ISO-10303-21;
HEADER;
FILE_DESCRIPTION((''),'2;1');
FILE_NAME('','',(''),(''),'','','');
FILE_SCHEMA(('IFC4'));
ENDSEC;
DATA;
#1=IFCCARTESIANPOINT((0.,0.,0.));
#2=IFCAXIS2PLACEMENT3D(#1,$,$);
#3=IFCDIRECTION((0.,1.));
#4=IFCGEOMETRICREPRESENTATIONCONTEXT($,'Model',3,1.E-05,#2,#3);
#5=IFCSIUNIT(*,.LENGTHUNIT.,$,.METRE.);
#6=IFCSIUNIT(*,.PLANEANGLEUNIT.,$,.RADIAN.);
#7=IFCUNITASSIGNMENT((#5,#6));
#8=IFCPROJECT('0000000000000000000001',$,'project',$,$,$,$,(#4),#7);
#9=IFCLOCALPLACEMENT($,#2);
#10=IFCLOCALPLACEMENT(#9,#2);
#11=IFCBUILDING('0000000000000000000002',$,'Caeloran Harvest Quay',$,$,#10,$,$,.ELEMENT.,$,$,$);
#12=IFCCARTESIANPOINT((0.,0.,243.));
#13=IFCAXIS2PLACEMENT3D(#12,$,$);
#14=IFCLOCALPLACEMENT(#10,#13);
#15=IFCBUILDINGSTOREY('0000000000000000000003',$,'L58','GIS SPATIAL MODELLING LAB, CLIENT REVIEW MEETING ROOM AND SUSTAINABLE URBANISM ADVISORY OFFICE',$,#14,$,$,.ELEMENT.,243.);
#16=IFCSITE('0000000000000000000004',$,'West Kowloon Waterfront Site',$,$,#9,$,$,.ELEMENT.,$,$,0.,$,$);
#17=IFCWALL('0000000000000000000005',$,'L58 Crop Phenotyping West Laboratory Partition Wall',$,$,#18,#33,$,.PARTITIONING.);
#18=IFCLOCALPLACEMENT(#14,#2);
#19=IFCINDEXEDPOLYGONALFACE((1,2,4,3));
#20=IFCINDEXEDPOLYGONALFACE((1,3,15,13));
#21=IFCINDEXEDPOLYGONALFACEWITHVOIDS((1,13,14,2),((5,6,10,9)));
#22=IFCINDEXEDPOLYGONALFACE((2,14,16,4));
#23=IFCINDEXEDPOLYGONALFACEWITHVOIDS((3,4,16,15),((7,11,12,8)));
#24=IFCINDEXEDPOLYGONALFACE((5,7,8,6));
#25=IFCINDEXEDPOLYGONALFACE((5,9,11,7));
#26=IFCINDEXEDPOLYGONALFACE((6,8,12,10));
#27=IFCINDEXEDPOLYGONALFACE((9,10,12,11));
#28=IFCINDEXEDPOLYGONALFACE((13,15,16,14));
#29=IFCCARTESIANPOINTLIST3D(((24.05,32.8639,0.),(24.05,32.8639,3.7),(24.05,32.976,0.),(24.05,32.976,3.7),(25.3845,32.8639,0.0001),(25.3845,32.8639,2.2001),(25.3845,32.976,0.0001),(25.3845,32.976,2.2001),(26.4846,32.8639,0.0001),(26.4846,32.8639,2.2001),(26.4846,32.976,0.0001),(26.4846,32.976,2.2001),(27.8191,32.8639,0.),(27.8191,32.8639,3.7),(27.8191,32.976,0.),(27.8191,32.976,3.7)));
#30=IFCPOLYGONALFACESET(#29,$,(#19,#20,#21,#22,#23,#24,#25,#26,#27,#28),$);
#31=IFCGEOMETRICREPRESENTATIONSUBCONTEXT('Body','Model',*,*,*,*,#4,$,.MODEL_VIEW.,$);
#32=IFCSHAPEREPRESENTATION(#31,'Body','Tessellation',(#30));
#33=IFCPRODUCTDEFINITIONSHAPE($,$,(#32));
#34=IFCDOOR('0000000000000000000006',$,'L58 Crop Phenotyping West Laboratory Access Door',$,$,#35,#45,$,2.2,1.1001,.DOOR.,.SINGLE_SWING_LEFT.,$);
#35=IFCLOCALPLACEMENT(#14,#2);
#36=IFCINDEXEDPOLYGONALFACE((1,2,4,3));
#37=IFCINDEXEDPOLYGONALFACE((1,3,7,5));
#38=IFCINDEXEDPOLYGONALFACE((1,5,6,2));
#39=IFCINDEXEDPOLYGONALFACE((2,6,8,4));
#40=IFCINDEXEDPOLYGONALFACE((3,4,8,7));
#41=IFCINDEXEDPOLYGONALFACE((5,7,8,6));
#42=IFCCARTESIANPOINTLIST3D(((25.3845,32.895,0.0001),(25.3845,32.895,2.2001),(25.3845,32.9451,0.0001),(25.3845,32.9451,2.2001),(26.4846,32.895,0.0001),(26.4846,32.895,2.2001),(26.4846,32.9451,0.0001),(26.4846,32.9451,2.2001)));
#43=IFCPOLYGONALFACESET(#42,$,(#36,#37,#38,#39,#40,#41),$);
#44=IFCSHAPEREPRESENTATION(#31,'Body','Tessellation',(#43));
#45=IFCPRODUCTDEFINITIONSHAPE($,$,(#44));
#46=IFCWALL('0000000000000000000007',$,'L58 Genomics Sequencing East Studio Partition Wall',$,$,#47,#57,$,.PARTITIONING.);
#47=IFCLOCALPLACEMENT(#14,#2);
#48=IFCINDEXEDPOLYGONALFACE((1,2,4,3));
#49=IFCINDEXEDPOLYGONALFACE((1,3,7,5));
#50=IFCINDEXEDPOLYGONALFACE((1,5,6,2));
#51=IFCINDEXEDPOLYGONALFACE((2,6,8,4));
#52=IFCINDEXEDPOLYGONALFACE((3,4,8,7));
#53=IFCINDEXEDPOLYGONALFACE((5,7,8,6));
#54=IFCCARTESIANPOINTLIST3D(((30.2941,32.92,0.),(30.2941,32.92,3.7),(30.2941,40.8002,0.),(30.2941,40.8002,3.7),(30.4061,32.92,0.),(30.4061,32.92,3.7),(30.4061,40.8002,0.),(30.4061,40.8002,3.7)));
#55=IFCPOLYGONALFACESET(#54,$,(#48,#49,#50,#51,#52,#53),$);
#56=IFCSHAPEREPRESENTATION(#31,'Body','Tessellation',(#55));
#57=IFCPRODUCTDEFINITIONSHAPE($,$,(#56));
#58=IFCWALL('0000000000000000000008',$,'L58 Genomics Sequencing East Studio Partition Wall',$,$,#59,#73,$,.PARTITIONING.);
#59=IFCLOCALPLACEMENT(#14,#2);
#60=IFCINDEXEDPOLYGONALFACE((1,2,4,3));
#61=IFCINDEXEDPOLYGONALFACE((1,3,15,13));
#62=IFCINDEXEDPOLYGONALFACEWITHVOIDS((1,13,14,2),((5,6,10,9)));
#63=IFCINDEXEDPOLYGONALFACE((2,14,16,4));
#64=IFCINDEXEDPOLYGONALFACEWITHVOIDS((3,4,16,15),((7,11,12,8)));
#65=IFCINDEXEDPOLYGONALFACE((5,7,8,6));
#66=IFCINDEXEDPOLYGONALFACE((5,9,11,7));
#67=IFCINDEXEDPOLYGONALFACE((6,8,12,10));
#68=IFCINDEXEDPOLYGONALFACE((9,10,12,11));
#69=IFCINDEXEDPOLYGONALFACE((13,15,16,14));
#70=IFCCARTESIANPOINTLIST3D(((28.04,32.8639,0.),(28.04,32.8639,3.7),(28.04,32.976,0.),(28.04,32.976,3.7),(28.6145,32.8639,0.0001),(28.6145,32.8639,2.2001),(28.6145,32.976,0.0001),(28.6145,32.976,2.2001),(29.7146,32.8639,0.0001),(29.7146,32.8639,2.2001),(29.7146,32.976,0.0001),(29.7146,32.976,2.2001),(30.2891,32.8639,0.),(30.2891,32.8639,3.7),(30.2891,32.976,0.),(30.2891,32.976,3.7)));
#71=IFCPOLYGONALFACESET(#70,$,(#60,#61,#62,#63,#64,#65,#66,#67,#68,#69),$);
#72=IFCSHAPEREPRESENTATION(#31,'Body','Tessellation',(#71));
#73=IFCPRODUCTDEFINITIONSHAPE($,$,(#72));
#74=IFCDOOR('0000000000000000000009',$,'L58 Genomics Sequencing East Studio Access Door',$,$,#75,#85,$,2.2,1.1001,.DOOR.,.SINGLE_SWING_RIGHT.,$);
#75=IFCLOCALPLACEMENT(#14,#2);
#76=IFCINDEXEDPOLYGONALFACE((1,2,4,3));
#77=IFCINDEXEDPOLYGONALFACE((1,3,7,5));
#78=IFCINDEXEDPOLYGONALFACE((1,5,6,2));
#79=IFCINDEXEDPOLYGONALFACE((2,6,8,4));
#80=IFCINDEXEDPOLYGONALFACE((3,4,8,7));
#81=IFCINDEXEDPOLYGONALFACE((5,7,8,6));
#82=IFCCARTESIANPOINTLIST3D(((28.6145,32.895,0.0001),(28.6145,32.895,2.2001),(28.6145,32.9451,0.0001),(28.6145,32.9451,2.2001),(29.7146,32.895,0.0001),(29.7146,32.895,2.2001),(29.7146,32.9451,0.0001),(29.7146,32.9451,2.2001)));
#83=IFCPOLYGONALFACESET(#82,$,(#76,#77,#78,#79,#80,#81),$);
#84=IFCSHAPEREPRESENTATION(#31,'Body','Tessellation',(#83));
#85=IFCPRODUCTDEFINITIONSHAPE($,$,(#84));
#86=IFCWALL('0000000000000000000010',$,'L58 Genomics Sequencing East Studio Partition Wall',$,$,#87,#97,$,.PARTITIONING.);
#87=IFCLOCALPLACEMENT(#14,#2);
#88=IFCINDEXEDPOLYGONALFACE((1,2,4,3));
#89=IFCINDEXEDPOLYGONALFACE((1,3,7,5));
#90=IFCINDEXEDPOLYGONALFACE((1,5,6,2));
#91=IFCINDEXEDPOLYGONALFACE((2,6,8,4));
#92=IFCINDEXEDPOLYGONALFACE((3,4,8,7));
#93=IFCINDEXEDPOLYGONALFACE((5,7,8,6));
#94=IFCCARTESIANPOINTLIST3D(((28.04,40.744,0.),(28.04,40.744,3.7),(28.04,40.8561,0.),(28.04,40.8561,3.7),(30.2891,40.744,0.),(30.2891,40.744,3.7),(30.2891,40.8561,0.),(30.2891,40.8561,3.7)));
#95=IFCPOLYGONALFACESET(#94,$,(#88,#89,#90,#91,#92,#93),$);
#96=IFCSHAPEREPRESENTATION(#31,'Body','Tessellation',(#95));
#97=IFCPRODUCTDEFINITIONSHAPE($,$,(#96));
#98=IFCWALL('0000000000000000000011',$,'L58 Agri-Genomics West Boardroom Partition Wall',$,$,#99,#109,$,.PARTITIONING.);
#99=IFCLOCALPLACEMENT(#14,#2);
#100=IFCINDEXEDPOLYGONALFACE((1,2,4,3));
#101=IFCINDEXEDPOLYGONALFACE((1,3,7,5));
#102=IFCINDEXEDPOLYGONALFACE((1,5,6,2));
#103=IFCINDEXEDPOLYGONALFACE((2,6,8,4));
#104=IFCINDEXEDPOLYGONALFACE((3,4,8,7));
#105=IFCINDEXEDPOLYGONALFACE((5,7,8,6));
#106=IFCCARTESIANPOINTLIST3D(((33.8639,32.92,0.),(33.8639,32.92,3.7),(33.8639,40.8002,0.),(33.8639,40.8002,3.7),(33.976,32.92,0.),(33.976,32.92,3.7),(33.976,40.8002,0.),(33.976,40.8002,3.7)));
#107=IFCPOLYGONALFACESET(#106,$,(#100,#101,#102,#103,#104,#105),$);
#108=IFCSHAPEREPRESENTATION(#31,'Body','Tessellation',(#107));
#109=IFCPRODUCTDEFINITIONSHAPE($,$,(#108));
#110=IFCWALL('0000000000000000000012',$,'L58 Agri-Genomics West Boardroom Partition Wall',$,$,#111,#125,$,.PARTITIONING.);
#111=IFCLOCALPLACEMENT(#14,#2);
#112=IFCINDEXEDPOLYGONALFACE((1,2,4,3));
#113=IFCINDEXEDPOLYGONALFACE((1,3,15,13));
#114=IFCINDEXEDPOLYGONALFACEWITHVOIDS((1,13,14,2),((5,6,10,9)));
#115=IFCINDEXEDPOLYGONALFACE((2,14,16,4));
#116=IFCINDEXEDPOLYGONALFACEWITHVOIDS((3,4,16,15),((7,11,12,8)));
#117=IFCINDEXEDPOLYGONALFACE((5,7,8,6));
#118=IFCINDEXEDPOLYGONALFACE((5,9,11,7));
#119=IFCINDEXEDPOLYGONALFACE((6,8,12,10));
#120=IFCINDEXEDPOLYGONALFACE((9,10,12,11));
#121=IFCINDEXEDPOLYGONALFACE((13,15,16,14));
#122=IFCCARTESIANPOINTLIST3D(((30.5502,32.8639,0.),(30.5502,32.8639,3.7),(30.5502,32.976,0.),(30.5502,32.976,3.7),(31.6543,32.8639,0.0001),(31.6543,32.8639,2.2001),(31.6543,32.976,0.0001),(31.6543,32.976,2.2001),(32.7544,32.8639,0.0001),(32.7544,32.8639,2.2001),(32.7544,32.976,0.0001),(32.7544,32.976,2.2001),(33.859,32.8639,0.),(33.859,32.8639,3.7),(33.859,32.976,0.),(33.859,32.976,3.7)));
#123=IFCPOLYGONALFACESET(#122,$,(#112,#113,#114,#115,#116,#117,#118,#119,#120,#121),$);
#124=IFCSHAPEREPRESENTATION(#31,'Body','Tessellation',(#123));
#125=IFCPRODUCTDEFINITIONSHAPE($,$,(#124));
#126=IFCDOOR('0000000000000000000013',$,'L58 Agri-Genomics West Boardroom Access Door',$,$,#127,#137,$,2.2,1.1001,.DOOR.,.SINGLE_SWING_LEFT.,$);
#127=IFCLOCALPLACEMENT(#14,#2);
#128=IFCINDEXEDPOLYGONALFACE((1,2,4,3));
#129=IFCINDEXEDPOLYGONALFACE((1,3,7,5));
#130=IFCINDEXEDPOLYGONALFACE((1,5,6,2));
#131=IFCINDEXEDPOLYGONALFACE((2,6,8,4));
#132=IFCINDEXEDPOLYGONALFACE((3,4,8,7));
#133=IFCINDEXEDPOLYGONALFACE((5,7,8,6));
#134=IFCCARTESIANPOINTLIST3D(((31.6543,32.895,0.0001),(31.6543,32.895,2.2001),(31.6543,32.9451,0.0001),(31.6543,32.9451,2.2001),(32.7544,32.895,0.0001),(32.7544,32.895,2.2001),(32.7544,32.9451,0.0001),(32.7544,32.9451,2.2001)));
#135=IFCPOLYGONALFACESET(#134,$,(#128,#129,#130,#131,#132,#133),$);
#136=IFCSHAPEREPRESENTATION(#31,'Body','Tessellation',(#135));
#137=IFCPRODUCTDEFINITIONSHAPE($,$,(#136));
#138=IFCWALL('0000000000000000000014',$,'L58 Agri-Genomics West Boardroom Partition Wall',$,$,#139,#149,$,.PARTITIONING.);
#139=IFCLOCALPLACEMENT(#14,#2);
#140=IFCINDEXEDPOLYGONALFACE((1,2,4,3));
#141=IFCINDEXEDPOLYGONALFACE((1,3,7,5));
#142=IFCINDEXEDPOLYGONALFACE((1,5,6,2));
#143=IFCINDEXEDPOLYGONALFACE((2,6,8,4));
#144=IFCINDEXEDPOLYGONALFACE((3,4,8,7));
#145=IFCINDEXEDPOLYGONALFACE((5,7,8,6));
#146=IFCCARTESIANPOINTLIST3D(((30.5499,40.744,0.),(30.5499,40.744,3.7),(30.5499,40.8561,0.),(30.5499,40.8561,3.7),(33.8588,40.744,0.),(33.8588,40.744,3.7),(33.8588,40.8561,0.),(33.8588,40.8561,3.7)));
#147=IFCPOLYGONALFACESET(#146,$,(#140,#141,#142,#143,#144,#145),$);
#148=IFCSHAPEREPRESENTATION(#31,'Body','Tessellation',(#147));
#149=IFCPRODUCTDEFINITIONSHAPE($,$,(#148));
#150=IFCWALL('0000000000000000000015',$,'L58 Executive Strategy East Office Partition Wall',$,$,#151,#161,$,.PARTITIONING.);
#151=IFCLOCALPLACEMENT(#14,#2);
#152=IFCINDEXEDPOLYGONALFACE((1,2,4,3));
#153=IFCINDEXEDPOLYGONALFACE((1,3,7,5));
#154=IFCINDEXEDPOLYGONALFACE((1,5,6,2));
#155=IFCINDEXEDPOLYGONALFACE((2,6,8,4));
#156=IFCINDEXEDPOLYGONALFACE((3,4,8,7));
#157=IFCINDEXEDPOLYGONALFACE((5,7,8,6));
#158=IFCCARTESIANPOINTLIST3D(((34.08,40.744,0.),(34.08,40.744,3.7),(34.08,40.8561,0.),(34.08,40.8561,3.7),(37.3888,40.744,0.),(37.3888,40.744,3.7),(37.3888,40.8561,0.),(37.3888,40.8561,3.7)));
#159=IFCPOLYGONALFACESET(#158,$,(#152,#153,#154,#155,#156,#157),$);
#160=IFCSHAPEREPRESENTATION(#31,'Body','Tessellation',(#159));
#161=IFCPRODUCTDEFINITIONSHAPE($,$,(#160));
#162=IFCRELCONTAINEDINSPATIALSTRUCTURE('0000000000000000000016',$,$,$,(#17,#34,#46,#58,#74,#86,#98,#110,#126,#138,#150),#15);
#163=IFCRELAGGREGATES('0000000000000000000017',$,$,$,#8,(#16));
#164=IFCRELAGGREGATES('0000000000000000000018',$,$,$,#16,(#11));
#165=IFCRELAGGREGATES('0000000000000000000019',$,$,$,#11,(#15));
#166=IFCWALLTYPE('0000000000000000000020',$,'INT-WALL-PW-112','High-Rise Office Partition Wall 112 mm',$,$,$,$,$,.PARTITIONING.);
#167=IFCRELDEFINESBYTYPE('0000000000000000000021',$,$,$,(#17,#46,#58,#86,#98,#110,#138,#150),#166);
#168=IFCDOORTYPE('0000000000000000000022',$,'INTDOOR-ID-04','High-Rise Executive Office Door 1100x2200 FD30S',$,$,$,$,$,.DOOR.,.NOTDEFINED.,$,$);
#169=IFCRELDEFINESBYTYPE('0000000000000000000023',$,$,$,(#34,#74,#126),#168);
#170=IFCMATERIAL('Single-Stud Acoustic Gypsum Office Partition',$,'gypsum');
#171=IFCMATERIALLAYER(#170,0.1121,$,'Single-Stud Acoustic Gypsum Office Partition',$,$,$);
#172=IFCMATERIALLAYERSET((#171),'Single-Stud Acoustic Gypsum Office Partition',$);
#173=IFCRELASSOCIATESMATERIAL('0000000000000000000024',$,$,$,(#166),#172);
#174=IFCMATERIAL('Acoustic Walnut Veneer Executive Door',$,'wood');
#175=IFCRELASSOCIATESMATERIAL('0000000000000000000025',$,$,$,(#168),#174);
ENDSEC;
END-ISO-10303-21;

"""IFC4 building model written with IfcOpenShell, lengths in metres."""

from ifc_helpers import new_model, si_unit, direction, frame, frame_2d, origin, place, context, subcontext, project, spatial, rectangle, extrude, material, layer, layer_set, type_object, element, fill, save


model = new_model("IFC4")

# Units and contexts
model_context = context("Model", 3, precision=1e-05, world=origin(), true_north=direction((0.0, 1.0)))
body_context = subcontext(model_context, "Body", "Model", "MODEL_VIEW")
ifc_project = project(units=[si_unit("LENGTHUNIT", "METRE"), si_unit("PLANEANGLEUNIT", "RADIAN")], contexts=[model_context])

# Site, building, storey
site_placement = place(None, origin())
site = spatial("IfcSite", under=ifc_project, at=site_placement, Name="West Kowloon Waterfront Site", CompositionType="ELEMENT", RefElevation=0.0)
building_placement = place(site_placement, origin())
building = spatial("IfcBuilding", under=site, at=building_placement, Name="Caeloran Harvest Quay", CompositionType="ELEMENT")
storey_placement = place(building_placement, frame((0.0, 0.0, 243.0)))
storey = spatial("IfcBuildingStorey", under=building, at=storey_placement, Name="L58", Description="GIS SPATIAL MODELLING LAB, CLIENT REVIEW MEETING ROOM AND SUSTAINABLE URBANISM ADVISORY OFFICE", CompositionType="ELEMENT", Elevation=243.0)

# Shared definitions
ifc_material_1 = material(Name="Single-Stud Acoustic Gypsum Office Partition", Category="gypsum")
ifc_layer_1 = layer(ifc_material_1, 0.1121, Name="Single-Stud Acoustic Gypsum Office Partition")
ifc_layer_set_1 = layer_set([ifc_layer_1], Name="Single-Stud Acoustic Gypsum Office Partition")
wall_type = type_object("IfcWallType", Name="INT-WALL-PW-112", Description="High-Rise Office Partition Wall 112 mm", PredefinedType="PARTITIONING", material=ifc_layer_set_1)

# Wall, opening, door
wall_1_placement = place(storey_placement, frame((27.8191, 32.9199, 0.0), z_axis=(0.0, 0.0, 1.0), x_axis=(-1.0, 0.0, 0.0)))
wall_1 = element("IfcWall", 1, at=wall_1_placement, inside=storey, type_object=wall_type, Name="L58 Crop Phenotyping West Laboratory Partition Wall", PredefinedType="PARTITIONING", context=body_context, shape_type="SweptSolid", body=[
    extrude(rectangle(XDim=3.769, YDim=0.1121, at=frame_2d((1.8845, 0.0))), origin(), (0.0, 0.0, 1.0), 3.7),
])
opening_1_placement = place(wall_1_placement, frame((1.3345, 0.0, 0.0)))
opening_1 = element("IfcOpeningElement", 2, at=opening_1_placement, cuts=wall_1, PredefinedType="OPENING", context=body_context, shape_type="SweptSolid", body=[
    extrude(rectangle(XDim=1.1001, YDim=2.2, at=frame_2d((0.55, 1.1001))), frame((0.0, 0.0659, 0.0), z_axis=(0.0, -1.0, 0.0), x_axis=(1.0, 0.0, 0.0)), (0.0, 0.0, 1.0), 0.1321),
])
ifc_material_2 = material(Name="Acoustic Walnut Veneer Executive Door", Category="wood")
door_type = type_object("IfcDoorType", Name="INTDOOR-ID-04", Description="High-Rise Executive Office Door 1100x2200 FD30S", OperationType="NOTDEFINED", PredefinedType="DOOR", material=ifc_material_2)
door_1_placement = place(opening_1_placement, origin())
door_1 = element("IfcDoor", 3, at=door_1_placement, inside=storey, type_object=door_type, Name="L58 Crop Phenotyping West Laboratory Access Door", OperationType="SINGLE_SWING_LEFT", OverallHeight=2.2, OverallWidth=1.1001, PredefinedType="DOOR", context=body_context, shape_type="SweptSolid", body=[
    extrude(rectangle(XDim=1.1001, YDim=2.2, at=frame_2d((0.55, 1.1001))), frame((0.0, 0.0249, 0.0), z_axis=(0.0, -1.0, 0.0), x_axis=(1.0, 0.0, 0.0)), (0.0, 0.0, 1.0), 0.05),
])
fill(opening_1, door_1)

# Wall
wall_2_placement = place(storey_placement, frame((30.3501, 40.8, 0.0), z_axis=(0.0, 0.0, 1.0), x_axis=(0.0, -1.0, 0.0)))
element("IfcWall", 4, at=wall_2_placement, inside=storey, type_object=wall_type, Name="L58 Genomics Sequencing East Studio Partition Wall", PredefinedType="PARTITIONING", context=body_context, shape_type="SweptSolid", body=[
    extrude(rectangle(XDim=7.8801, YDim=0.1121, at=frame_2d((3.9399, 0.0))), origin(), (0.0, 0.0, 1.0), 3.7),
])

# Wall, opening, door
wall_3_placement = place(storey_placement, frame((30.2891, 32.9199, 0.0), z_axis=(0.0, 0.0, 1.0), x_axis=(-1.0, 0.0, 0.0)))
wall_3 = element("IfcWall", 5, at=wall_3_placement, inside=storey, type_object=wall_type, Name="L58 Genomics Sequencing East Studio Partition Wall", PredefinedType="PARTITIONING", context=body_context, shape_type="SweptSolid", body=[
    extrude(rectangle(XDim=2.249, YDim=0.1121, at=frame_2d((1.1245, 0.0))), origin(), (0.0, 0.0, 1.0), 3.7),
])
opening_2_placement = place(wall_3_placement, frame((0.5745, 0.0, 0.0)))
opening_2 = element("IfcOpeningElement", 6, at=opening_2_placement, cuts=wall_3, PredefinedType="OPENING", context=body_context, shape_type="SweptSolid", body=[
    extrude(rectangle(XDim=1.1001, YDim=2.2, at=frame_2d((0.55, 1.1001))), frame((0.0, 0.0659, 0.0), z_axis=(0.0, -1.0, 0.0), x_axis=(1.0, 0.0, 0.0)), (0.0, 0.0, 1.0), 0.1321),
])
door_2_placement = place(opening_2_placement, origin())
door_2 = element("IfcDoor", 7, at=door_2_placement, inside=storey, type_object=door_type, Name="L58 Genomics Sequencing East Studio Access Door", OperationType="SINGLE_SWING_RIGHT", OverallHeight=2.2, OverallWidth=1.1001, PredefinedType="DOOR", context=body_context, shape_type="SweptSolid", body=[
    extrude(rectangle(XDim=1.1001, YDim=2.2, at=frame_2d((0.55, 1.1001))), frame((0.0, 0.0249, 0.0), z_axis=(0.0, -1.0, 0.0), x_axis=(1.0, 0.0, 0.0)), (0.0, 0.0, 1.0), 0.05),
])
fill(opening_2, door_2)

# Walls
wall_4_placement = place(storey_placement, frame((28.04, 40.8, 0.0), z_axis=(0.0, 0.0, 1.0), x_axis=(1.0, 0.0, 0.0)))
element("IfcWall", 8, at=wall_4_placement, inside=storey, type_object=wall_type, Name="L58 Genomics Sequencing East Studio Partition Wall", PredefinedType="PARTITIONING", context=body_context, shape_type="SweptSolid", body=[
    extrude(rectangle(XDim=2.249, YDim=0.1121, at=frame_2d((1.1245, 0.0))), origin(), (0.0, 0.0, 1.0), 3.7),
])
wall_5_placement = place(storey_placement, frame((33.9199, 40.8, 0.0), z_axis=(0.0, 0.0, 1.0), x_axis=(0.0, -1.0, 0.0)))
element("IfcWall", 9, at=wall_5_placement, inside=storey, type_object=wall_type, Name="L58 Agri-Genomics West Boardroom Partition Wall", PredefinedType="PARTITIONING", context=body_context, shape_type="SweptSolid", body=[
    extrude(rectangle(XDim=7.8801, YDim=0.1121, at=frame_2d((3.9399, 0.0))), origin(), (0.0, 0.0, 1.0), 3.7),
])

# Wall, opening, door
wall_6_placement = place(storey_placement, frame((33.8589, 32.9199, 0.0), z_axis=(0.0, 0.0, 1.0), x_axis=(-1.0, 0.0, 0.0)))
wall_6 = element("IfcWall", 10, at=wall_6_placement, inside=storey, type_object=wall_type, Name="L58 Agri-Genomics West Boardroom Partition Wall", PredefinedType="PARTITIONING", context=body_context, shape_type="SweptSolid", body=[
    extrude(rectangle(XDim=3.3088, YDim=0.1121, at=frame_2d((1.6543, 0.0))), origin(), (0.0, 0.0, 1.0), 3.7),
])
opening_3_placement = place(wall_6_placement, frame((1.1045, 0.0, 0.0)))
opening_3 = element("IfcOpeningElement", 11, at=opening_3_placement, cuts=wall_6, PredefinedType="OPENING", context=body_context, shape_type="SweptSolid", body=[
    extrude(rectangle(XDim=1.1001, YDim=2.2, at=frame_2d((0.55, 1.1001))), frame((0.0, 0.0659, 0.0), z_axis=(0.0, -1.0, 0.0), x_axis=(1.0, 0.0, 0.0)), (0.0, 0.0, 1.0), 0.1321),
])
door_3_placement = place(opening_3_placement, origin())
door_3 = element("IfcDoor", 12, at=door_3_placement, inside=storey, type_object=door_type, Name="L58 Agri-Genomics West Boardroom Access Door", OperationType="SINGLE_SWING_LEFT", OverallHeight=2.2, OverallWidth=1.1001, PredefinedType="DOOR", context=body_context, shape_type="SweptSolid", body=[
    extrude(rectangle(XDim=1.1001, YDim=2.2, at=frame_2d((0.55, 1.1001))), frame((0.0, 0.0249, 0.0), z_axis=(0.0, -1.0, 0.0), x_axis=(1.0, 0.0, 0.0)), (0.0, 0.0, 1.0), 0.05),
])
fill(opening_3, door_3)

# Walls
for number, where, z_axis, x_axis, name in (
    (13, (30.55, 40.8, 0.0), (0.0, 0.0, 1.0), (1.0, 0.0, 0.0), "L58 Agri-Genomics West Boardroom Partition Wall"),
    (14, (34.0801, 40.8, 0.0), (0.0, 0.0, 1.0), (1.0, 0.0, 0.0), "L58 Executive Strategy East Office Partition Wall"),
):
    element("IfcWall", number, at=place(storey_placement, frame(where, z_axis=z_axis, x_axis=x_axis)), inside=storey, type_object=wall_type, Name=name, PredefinedType="PARTITIONING", context=body_context, shape_type="SweptSolid", body=[
        extrude(rectangle(XDim=3.3088, YDim=0.1121, at=frame_2d((1.6543, 0.0))), origin(), (0.0, 0.0, 1.0), 3.7),
    ])

save(model, "model.ifc")
